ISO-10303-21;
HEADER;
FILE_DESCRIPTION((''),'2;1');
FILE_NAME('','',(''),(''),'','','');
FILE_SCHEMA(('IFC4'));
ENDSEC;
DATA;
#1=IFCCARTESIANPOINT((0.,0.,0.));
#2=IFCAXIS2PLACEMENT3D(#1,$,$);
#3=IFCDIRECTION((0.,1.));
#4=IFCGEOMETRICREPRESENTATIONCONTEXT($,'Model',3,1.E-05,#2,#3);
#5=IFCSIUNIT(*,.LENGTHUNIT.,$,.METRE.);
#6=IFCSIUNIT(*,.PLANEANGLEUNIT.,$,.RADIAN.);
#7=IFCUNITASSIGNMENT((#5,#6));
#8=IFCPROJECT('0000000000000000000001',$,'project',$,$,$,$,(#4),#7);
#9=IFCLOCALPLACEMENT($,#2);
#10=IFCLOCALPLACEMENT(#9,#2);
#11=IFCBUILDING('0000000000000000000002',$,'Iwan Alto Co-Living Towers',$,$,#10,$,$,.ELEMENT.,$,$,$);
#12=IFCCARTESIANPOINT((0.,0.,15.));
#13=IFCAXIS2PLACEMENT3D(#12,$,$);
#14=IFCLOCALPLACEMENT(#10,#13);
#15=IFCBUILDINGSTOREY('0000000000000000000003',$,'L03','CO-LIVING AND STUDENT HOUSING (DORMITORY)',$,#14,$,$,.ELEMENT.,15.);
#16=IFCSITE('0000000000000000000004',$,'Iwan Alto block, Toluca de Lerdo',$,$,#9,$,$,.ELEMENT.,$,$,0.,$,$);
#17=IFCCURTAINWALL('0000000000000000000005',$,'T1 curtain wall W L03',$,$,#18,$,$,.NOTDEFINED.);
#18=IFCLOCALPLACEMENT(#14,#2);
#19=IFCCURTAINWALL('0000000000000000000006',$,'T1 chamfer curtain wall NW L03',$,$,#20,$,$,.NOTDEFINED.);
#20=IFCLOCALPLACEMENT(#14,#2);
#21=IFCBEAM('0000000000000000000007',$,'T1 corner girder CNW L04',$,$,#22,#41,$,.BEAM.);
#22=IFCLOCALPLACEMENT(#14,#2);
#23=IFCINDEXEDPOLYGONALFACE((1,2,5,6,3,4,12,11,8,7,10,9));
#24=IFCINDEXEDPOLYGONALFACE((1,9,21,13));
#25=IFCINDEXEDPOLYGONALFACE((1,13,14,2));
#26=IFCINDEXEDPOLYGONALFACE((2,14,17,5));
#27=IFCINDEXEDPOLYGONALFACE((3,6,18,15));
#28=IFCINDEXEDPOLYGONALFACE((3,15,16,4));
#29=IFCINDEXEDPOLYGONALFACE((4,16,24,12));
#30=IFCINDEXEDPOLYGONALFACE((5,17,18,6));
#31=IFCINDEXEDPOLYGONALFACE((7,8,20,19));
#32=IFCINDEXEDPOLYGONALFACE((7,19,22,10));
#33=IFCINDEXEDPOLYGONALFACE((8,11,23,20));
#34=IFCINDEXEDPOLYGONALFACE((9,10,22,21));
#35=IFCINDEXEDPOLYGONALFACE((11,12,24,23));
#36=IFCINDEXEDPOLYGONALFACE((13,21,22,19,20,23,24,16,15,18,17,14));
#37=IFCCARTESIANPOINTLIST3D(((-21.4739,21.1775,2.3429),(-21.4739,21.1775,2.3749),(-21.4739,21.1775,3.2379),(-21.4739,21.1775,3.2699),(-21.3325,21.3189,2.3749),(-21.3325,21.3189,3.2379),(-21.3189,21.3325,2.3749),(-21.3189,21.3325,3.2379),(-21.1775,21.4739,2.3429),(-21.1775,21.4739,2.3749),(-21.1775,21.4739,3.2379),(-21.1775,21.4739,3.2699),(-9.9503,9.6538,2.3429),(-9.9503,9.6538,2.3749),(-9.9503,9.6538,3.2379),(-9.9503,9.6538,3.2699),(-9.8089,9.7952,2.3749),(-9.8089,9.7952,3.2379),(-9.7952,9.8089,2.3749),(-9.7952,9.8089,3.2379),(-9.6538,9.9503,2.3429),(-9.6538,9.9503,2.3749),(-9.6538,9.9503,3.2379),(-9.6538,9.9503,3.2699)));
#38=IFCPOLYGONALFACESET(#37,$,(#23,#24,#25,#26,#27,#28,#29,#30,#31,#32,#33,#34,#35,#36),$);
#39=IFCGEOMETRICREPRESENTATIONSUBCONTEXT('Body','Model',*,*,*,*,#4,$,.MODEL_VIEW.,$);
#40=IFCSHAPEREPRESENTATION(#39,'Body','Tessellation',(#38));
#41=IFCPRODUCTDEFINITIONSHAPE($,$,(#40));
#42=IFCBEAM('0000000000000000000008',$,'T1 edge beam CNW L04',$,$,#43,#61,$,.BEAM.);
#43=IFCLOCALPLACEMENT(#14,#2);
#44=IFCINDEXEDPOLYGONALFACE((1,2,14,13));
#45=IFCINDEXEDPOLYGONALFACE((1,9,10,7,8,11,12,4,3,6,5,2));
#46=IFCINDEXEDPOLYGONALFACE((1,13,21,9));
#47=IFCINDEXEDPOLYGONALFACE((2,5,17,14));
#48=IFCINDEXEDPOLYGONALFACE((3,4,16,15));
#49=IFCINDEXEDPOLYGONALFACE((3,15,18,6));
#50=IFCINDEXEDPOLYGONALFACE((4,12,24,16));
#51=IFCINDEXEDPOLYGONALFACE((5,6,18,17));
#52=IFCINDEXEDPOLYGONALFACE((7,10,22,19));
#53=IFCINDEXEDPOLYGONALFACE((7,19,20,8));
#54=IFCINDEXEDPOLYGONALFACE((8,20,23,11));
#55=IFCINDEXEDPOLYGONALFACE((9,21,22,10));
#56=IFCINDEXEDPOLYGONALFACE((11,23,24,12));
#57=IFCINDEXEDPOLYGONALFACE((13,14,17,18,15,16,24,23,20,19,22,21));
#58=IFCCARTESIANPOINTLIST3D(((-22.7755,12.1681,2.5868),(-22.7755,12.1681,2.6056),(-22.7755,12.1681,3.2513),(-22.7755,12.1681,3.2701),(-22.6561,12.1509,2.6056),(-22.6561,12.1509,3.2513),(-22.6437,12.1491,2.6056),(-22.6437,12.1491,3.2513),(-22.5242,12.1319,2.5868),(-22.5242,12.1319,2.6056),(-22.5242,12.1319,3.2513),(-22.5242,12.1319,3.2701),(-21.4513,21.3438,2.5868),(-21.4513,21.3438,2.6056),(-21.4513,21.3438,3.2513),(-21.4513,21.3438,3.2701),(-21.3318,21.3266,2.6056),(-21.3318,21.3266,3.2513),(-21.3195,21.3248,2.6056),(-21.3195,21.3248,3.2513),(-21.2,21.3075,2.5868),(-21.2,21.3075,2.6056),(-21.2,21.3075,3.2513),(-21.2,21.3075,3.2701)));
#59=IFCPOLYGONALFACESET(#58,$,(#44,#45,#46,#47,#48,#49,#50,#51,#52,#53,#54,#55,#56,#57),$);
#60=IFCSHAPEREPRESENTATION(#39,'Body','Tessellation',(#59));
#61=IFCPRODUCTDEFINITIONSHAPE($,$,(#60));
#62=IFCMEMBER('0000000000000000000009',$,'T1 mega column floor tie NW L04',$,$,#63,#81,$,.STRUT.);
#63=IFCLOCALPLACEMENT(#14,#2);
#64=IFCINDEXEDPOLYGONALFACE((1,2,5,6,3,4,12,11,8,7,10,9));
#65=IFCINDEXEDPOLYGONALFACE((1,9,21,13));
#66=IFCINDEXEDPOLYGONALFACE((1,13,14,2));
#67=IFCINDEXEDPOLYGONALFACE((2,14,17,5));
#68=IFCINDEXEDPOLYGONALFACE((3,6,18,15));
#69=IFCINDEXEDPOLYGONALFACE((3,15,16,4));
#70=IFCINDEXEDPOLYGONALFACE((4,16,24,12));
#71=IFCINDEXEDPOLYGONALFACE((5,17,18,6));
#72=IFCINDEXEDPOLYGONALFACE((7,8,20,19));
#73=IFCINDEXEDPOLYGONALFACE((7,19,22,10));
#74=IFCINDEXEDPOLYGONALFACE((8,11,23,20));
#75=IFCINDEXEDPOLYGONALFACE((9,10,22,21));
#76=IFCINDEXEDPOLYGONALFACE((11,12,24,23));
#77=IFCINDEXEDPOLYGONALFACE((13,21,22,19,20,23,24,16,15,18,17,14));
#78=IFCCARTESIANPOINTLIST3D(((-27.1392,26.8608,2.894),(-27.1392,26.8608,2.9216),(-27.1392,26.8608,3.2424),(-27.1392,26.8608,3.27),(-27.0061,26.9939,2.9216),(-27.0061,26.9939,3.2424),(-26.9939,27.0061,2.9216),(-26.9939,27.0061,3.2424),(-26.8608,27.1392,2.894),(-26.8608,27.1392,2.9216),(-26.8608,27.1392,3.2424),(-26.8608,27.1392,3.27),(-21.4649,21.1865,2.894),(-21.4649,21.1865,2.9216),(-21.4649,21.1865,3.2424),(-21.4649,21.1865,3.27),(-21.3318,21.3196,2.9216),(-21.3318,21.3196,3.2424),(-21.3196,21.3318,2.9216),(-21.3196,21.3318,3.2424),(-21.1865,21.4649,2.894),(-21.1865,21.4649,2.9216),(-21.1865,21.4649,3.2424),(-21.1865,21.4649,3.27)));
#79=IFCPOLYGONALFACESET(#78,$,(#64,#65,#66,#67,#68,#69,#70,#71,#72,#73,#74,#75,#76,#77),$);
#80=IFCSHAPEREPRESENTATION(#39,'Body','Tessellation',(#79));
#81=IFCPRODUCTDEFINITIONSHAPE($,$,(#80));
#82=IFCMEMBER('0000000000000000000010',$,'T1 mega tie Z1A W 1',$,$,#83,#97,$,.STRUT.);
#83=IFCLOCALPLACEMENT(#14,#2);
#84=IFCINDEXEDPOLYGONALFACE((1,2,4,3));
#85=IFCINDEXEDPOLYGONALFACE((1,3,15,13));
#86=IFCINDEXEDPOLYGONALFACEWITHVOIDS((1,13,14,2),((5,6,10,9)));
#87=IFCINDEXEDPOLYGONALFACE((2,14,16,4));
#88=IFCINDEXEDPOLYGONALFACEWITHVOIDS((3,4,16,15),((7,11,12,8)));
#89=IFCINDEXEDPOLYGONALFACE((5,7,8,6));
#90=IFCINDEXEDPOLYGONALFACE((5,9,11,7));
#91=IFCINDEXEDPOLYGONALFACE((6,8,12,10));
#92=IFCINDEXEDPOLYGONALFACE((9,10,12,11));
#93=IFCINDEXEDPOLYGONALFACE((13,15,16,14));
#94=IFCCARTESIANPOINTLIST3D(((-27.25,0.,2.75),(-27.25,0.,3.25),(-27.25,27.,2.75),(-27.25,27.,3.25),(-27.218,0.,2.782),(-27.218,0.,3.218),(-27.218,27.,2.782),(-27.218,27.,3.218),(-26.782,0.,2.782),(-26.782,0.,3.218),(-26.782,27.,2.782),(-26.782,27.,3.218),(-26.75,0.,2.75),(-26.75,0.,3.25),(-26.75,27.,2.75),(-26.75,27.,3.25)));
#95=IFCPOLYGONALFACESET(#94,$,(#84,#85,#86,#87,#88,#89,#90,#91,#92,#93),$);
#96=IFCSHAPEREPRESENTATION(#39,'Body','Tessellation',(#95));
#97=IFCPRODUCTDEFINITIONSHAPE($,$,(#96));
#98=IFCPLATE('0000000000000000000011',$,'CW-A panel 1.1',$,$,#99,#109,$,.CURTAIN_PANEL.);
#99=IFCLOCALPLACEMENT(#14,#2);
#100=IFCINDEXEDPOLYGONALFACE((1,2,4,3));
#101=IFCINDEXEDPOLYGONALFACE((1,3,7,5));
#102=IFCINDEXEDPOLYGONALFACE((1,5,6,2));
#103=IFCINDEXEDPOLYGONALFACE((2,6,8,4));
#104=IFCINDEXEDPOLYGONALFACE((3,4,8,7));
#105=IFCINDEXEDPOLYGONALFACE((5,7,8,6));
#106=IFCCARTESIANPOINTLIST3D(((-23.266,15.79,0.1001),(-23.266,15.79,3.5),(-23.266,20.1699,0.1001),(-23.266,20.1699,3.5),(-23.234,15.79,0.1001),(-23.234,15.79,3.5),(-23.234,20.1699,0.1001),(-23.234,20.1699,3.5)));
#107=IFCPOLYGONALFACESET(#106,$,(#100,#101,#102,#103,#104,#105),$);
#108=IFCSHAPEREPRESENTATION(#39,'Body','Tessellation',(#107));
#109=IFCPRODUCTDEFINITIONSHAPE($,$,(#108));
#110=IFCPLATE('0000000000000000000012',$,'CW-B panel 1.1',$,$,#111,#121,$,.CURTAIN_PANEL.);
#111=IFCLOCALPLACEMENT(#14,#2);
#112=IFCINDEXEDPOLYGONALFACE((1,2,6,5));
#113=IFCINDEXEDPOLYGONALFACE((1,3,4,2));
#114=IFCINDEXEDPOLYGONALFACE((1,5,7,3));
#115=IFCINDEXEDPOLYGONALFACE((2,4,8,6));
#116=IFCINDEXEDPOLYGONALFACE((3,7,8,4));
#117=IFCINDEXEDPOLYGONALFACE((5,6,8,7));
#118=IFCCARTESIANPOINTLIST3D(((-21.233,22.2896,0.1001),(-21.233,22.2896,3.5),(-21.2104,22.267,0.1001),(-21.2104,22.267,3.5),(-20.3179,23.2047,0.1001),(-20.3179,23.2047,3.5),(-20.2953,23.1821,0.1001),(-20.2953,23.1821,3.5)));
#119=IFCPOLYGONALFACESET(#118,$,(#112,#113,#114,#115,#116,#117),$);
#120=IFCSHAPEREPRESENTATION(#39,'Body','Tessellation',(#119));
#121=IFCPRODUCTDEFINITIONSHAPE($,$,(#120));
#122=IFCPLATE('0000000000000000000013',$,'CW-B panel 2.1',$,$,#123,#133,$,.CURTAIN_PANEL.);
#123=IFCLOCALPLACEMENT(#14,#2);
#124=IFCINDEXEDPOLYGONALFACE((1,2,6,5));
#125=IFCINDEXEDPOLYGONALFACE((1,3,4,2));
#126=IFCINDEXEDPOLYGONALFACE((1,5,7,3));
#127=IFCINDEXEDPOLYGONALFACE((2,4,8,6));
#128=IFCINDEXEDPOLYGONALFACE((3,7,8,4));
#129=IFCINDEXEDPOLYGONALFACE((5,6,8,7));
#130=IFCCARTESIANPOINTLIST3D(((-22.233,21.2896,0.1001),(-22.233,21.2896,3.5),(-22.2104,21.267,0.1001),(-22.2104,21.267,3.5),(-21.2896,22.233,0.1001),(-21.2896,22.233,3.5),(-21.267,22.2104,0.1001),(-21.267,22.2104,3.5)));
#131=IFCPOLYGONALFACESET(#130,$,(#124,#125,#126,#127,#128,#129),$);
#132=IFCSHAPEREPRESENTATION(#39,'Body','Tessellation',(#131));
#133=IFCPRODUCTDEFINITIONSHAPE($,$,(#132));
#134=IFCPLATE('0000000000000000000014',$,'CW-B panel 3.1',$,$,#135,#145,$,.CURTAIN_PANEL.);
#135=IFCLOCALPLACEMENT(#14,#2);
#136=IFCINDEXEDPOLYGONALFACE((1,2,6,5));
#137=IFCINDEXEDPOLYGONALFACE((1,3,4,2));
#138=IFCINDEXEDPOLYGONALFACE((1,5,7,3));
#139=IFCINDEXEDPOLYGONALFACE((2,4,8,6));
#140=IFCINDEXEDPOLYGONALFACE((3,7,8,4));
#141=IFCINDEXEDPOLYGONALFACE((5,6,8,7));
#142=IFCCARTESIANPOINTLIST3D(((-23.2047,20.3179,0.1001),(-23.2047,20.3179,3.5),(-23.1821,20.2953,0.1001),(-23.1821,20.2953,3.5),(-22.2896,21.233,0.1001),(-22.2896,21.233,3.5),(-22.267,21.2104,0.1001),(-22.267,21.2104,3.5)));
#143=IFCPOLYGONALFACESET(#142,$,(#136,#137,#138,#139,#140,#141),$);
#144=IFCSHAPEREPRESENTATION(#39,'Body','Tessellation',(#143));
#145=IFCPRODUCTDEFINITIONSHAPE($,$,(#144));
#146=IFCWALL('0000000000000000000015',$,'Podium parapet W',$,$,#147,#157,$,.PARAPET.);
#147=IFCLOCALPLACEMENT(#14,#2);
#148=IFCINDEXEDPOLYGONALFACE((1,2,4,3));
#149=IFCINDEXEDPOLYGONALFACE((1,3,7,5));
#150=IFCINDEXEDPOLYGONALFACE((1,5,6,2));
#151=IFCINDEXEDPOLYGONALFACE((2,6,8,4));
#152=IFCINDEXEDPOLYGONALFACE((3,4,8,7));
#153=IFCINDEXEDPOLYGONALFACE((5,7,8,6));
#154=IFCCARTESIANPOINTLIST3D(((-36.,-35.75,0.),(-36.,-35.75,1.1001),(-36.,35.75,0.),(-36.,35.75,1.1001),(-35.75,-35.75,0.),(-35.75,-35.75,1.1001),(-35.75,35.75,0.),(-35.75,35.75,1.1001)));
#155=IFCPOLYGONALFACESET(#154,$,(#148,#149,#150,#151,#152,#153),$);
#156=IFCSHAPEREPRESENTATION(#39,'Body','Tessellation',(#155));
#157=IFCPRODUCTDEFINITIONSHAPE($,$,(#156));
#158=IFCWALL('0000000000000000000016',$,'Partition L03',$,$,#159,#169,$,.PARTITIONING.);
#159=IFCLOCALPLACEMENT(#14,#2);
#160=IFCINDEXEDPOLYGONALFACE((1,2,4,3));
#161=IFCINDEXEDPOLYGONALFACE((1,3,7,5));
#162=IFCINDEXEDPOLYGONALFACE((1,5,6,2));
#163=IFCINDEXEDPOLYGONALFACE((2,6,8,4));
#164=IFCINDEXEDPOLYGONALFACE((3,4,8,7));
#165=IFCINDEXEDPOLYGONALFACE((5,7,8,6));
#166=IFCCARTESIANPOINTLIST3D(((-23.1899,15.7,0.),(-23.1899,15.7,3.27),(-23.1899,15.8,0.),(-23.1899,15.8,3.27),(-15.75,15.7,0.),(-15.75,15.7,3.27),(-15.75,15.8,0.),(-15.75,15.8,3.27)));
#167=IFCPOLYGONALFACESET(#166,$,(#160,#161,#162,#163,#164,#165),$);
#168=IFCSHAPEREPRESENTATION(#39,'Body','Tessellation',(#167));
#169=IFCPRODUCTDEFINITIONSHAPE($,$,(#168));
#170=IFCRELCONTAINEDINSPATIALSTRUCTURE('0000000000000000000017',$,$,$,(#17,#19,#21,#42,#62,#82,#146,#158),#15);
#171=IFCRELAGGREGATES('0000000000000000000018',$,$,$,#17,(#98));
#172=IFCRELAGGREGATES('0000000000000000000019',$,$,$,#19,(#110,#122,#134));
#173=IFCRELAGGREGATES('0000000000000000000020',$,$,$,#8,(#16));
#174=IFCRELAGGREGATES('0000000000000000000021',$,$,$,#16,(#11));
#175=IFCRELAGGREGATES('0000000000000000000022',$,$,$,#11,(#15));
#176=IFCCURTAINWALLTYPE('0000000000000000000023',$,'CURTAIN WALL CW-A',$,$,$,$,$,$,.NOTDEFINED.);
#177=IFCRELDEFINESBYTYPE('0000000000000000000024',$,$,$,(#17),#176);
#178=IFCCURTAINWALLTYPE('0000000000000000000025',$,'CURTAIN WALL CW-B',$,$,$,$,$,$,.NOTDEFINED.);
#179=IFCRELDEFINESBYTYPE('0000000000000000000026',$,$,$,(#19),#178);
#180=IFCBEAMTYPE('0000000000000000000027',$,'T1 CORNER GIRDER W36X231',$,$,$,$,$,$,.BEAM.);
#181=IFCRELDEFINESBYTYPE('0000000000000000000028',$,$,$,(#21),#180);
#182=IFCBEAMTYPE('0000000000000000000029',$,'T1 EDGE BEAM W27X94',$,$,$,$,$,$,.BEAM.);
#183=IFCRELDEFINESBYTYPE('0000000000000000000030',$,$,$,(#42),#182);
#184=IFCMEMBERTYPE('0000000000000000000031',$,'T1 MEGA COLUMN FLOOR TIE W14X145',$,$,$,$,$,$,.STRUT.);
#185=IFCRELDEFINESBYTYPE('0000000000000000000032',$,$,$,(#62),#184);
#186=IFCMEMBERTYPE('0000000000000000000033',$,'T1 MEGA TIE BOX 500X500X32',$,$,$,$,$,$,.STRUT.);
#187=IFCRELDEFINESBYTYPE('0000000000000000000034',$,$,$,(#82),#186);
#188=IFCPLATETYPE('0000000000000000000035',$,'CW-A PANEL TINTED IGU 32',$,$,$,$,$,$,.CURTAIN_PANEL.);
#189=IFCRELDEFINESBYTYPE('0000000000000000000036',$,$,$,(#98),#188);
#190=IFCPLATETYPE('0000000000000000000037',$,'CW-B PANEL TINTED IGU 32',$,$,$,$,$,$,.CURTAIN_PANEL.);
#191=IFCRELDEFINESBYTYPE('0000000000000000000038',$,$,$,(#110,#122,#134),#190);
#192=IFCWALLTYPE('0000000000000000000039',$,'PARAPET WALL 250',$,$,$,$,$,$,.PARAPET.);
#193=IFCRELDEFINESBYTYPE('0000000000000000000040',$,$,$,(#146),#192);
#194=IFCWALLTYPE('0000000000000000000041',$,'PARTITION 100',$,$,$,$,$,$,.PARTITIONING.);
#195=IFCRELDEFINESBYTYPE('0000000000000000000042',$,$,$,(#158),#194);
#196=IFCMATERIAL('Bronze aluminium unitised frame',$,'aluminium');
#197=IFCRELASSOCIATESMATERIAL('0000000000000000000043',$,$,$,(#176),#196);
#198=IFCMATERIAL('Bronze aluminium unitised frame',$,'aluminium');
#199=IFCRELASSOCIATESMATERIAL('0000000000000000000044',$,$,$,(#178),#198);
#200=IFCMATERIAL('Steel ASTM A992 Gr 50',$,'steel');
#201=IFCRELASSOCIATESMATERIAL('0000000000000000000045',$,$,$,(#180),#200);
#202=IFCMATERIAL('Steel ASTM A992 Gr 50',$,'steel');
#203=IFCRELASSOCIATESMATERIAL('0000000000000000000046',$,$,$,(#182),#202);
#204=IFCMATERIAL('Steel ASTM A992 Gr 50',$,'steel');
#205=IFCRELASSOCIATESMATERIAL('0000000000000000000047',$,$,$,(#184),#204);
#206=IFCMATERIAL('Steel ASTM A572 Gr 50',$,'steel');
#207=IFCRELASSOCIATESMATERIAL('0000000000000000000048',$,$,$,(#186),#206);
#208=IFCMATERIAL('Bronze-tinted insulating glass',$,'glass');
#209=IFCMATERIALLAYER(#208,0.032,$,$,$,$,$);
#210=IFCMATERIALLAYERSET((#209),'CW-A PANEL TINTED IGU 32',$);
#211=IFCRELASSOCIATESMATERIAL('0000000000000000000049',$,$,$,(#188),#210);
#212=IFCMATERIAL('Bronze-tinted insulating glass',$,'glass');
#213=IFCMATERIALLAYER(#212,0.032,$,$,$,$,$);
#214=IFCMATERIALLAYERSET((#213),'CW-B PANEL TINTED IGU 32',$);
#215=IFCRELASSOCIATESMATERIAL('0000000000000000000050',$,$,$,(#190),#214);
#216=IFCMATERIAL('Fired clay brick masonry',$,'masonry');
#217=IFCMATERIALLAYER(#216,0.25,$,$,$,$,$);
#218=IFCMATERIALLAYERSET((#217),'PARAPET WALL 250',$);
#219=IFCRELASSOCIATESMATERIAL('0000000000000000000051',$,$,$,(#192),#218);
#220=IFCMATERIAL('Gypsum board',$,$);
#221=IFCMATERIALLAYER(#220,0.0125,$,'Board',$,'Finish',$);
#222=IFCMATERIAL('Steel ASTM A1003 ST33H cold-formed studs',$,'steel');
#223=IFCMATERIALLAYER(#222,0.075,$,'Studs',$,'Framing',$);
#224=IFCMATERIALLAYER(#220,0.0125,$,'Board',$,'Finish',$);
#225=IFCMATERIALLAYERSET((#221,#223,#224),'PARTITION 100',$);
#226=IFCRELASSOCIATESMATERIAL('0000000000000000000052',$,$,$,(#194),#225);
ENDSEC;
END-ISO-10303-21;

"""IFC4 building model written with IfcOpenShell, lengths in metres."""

from ifc_helpers import new_model, si_unit, direction, frame, frame_2d, origin, origin_2d, place, context, subcontext, project, spatial, rectangle, hollow_rectangle, i_section, extrude, material, layer, layer_set, material_profile, profile_set, type_object, element, aggregate, save


model = new_model("IFC4")

# Units and contexts
model_context = context("Model", 3, precision=1e-05, world=origin(), true_north=direction((0.0, 1.0)))
body_context = subcontext(model_context, "Body", "Model", "MODEL_VIEW")
ifc_project = project(units=[si_unit("LENGTHUNIT", "METRE"), si_unit("PLANEANGLEUNIT", "RADIAN")], contexts=[model_context])

# Site, building, storey
site_placement = place(None, origin())
site = spatial("IfcSite", under=ifc_project, at=site_placement, Name="Iwan Alto block, Toluca de Lerdo", CompositionType="ELEMENT", RefElevation=0.0)
building_placement = place(site_placement, origin())
building = spatial("IfcBuilding", under=site, at=building_placement, Name="Iwan Alto Co-Living Towers", CompositionType="ELEMENT")
storey_placement = place(building_placement, frame((0.0, 0.0, 15.0)))
storey = spatial("IfcBuildingStorey", under=building, at=storey_placement, Name="L03", Description="CO-LIVING AND STUDENT HOUSING (DORMITORY)", CompositionType="ELEMENT", Elevation=15.0)

# Curtain walls
ifc_material_1 = material(Name="Bronze aluminium unitised frame", Category="aluminium")
curtain_wall_type_1 = type_object("IfcCurtainWallType", Name="CURTAIN WALL CW-A", PredefinedType="NOTDEFINED", material=ifc_material_1)
curtain_wall_1_placement = place(storey_placement, origin())
curtain_wall_1 = element("IfcCurtainWall", 1, at=curtain_wall_1_placement, inside=storey, type_object=curtain_wall_type_1, Name="T1 curtain wall W L03", PredefinedType="NOTDEFINED")
ifc_material_2 = material(Name="Bronze aluminium unitised frame", Category="aluminium")
curtain_wall_type_2 = type_object("IfcCurtainWallType", Name="CURTAIN WALL CW-B", PredefinedType="NOTDEFINED", material=ifc_material_2)
curtain_wall_2_placement = place(storey_placement, origin())
curtain_wall_2 = element("IfcCurtainWall", 2, at=curtain_wall_2_placement, inside=storey, type_object=curtain_wall_type_2, Name="T1 chamfer curtain wall NW L03", PredefinedType="NOTDEFINED")

# Beams
ifc_material_3 = material(Name="Steel ASTM A992 Gr 50", Category="steel")
ifc_material_profile_1 = material_profile(ifc_material_3, i_section(OverallWidth=0.4192, OverallDepth=0.927, WebThickness=0.0193, FlangeThickness=0.032, at=origin_2d()), Name="W36X231")
ifc_profile_set_1 = profile_set([ifc_material_profile_1], Name="Steel ASTM A992 Gr 50")
beam_type_1 = type_object("IfcBeamType", Name="T1 CORNER GIRDER W36X231", PredefinedType="BEAM", material=ifc_profile_set_1)
beam_1_placement = place(storey_placement, frame((-21.3257, 21.3257, 2.8064), z_axis=(0.707107, -0.707107, 0.0), x_axis=(0.707107, 0.707107, 0.0)))
element("IfcBeam", 3, at=beam_1_placement, inside=storey, type_object=beam_type_1, Name="T1 corner girder CNW L04", PredefinedType="BEAM", context=body_context, shape_type="SweptSolid", body=[
    extrude(i_section(OverallWidth=0.4192, OverallDepth=0.927, WebThickness=0.0193, FlangeThickness=0.032, at=origin_2d()), origin(), (0.0, 0.0, 1.0), 16.2969),
])
ifc_material_4 = material(Name="Steel ASTM A992 Gr 50", Category="steel")
ifc_material_profile_2 = material_profile(ifc_material_4, i_section(OverallWidth=0.2539, OverallDepth=0.6833, WebThickness=0.0125, FlangeThickness=0.0188, at=origin_2d()), Name="W27X94")
ifc_profile_set_2 = profile_set([ifc_material_profile_2], Name="Steel ASTM A992 Gr 50")
beam_type_2 = type_object("IfcBeamType", Name="T1 EDGE BEAM W27X94", PredefinedType="BEAM", material=ifc_profile_set_2)
beam_2_placement = place(storey_placement, frame((-21.3257, 21.3257, 2.9285), z_axis=(-0.142837, -0.989746, 0.0), x_axis=(0.989746, -0.142837, 0.0)))
element("IfcBeam", 4, at=beam_2_placement, inside=storey, type_object=beam_type_2, Name="T1 edge beam CNW L04", PredefinedType="BEAM", context=body_context, shape_type="SweptSolid", body=[
    extrude(i_section(OverallWidth=0.2539, OverallDepth=0.6833, WebThickness=0.0125, FlangeThickness=0.0188, at=origin_2d()), origin(), (0.0, 0.0, 1.0), 9.2708),
])

# Members
ifc_material_5 = material(Name="Steel ASTM A992 Gr 50", Category="steel")
ifc_material_profile_3 = material_profile(ifc_material_5, i_section(OverallWidth=0.3938, OverallDepth=0.376, WebThickness=0.0173, FlangeThickness=0.0276, at=origin_2d()), Name="W14X145")
ifc_profile_set_3 = profile_set([ifc_material_profile_3], Name="Steel ASTM A992 Gr 50")
member_type_1 = type_object("IfcMemberType", Name="T1 MEGA COLUMN FLOOR TIE W14X145", PredefinedType="STRUT", material=ifc_profile_set_3)
member_1_placement = place(storey_placement, frame((-27.0, 27.0, 3.082), z_axis=(0.707107, -0.707107, 0.0), x_axis=(0.707107, 0.707107, 0.0)))
element("IfcMember", 5, at=member_1_placement, inside=storey, type_object=member_type_1, Name="T1 mega column floor tie NW L04", PredefinedType="STRUT", context=body_context, shape_type="SweptSolid", body=[
    extrude(i_section(OverallWidth=0.3938, OverallDepth=0.376, WebThickness=0.0173, FlangeThickness=0.0276, at=origin_2d()), origin(), (0.0, 0.0, 1.0), 8.0247),
])
ifc_material_6 = material(Name="Steel ASTM A572 Gr 50", Category="steel")
ifc_material_profile_4 = material_profile(ifc_material_6, hollow_rectangle(XDim=0.5, YDim=0.5, WallThickness=0.032, at=origin_2d()), Name="BOX 500X500X32")
ifc_profile_set_4 = profile_set([ifc_material_profile_4], Name="Steel ASTM A572 Gr 50")
member_type_2 = type_object("IfcMemberType", Name="T1 MEGA TIE BOX 500X500X32", PredefinedType="STRUT", material=ifc_profile_set_4)
member_2_placement = place(storey_placement, frame((-27.0, 27.0, 3.0), z_axis=(0.0, -1.0, 0.0), x_axis=(1.0, 0.0, 0.0)))
element("IfcMember", 6, at=member_2_placement, inside=storey, type_object=member_type_2, Name="T1 mega tie Z1A W 1", PredefinedType="STRUT", context=body_context, shape_type="SweptSolid", body=[
    extrude(hollow_rectangle(XDim=0.5, YDim=0.5, WallThickness=0.032, at=origin_2d()), origin(), (0.0, 0.0, 1.0), 27.0),
])

# Plates
ifc_material_7 = material(Name="Bronze-tinted insulating glass", Category="glass")
ifc_layer_1 = layer(ifc_material_7, 0.032)
ifc_layer_set_1 = layer_set([ifc_layer_1], Name="CW-A PANEL TINTED IGU 32")
plate_type_1 = type_object("IfcPlateType", Name="CW-A PANEL TINTED IGU 32", PredefinedType="CURTAIN_PANEL", material=ifc_layer_set_1)
plate_1_placement = place(storey_placement, frame((-23.25, 17.98, 0.1001), z_axis=(0.0, 0.0, 1.0), x_axis=(0.0, -1.0, 0.0)))
plate_1 = element("IfcPlate", 7, at=plate_1_placement, type_object=plate_type_1, Name="CW-A panel 1.1", PredefinedType="CURTAIN_PANEL", context=body_context, shape_type="SweptSolid", body=[
    extrude(rectangle(XDim=4.3799, YDim=0.032, at=origin_2d()), origin(), (0.0, 0.0, 1.0), 3.3999),
])
aggregate(curtain_wall_1, [plate_1])
ifc_material_8 = material(Name="Bronze-tinted insulating glass", Category="glass")
ifc_layer_2 = layer(ifc_material_8, 0.032)
ifc_layer_set_2 = layer_set([ifc_layer_2], Name="CW-B PANEL TINTED IGU 32")
plate_type_2 = type_object("IfcPlateType", Name="CW-B PANEL TINTED IGU 32", PredefinedType="CURTAIN_PANEL", material=ifc_layer_set_2)
plate_2_placement = place(storey_placement, frame((-20.7642, 22.7358, 0.1001), z_axis=(0.0, 0.0, 1.0), x_axis=(-0.707107, -0.707107, 0.0)))
plate_2 = element("IfcPlate", 8, at=plate_2_placement, type_object=plate_type_2, Name="CW-B panel 1.1", PredefinedType="CURTAIN_PANEL", context=body_context, shape_type="SweptSolid", body=[
    extrude(rectangle(XDim=1.2942, YDim=0.032, at=origin_2d()), origin(), (0.0, 0.0, 1.0), 3.3999),
])
plate_3_placement = place(storey_placement, frame((-21.75, 21.75, 0.1001), z_axis=(0.0, 0.0, 1.0), x_axis=(-0.707107, -0.707107, 0.0)))
plate_3 = element("IfcPlate", 9, at=plate_3_placement, type_object=plate_type_2, Name="CW-B panel 2.1", PredefinedType="CURTAIN_PANEL", context=body_context, shape_type="SweptSolid", body=[
    extrude(rectangle(XDim=1.3342, YDim=0.032, at=origin_2d()), origin(), (0.0, 0.0, 1.0), 3.3999),
])
plate_4_placement = place(storey_placement, frame((-22.7358, 20.7642, 0.1001), z_axis=(0.0, 0.0, 1.0), x_axis=(-0.707107, -0.707107, 0.0)))
plate_4 = element("IfcPlate", 10, at=plate_4_placement, type_object=plate_type_2, Name="CW-B panel 3.1", PredefinedType="CURTAIN_PANEL", context=body_context, shape_type="SweptSolid", body=[
    extrude(rectangle(XDim=1.2942, YDim=0.032, at=origin_2d()), origin(), (0.0, 0.0, 1.0), 3.3999),
])
aggregate(curtain_wall_2, [plate_2, plate_3, plate_4])

# Walls
ifc_material_9 = material(Name="Fired clay brick masonry", Category="masonry")
ifc_layer_3 = layer(ifc_material_9, 0.25)
ifc_layer_set_3 = layer_set([ifc_layer_3], Name="PARAPET WALL 250")
wall_type_1 = type_object("IfcWallType", Name="PARAPET WALL 250", PredefinedType="PARAPET", material=ifc_layer_set_3)
wall_1_placement = place(storey_placement, frame((-35.875, 35.75, 0.0), z_axis=(0.0, 0.0, 1.0), x_axis=(0.0, -1.0, 0.0)))
element("IfcWall", 11, at=wall_1_placement, inside=storey, type_object=wall_type_1, Name="Podium parapet W", PredefinedType="PARAPET", context=body_context, shape_type="SweptSolid", body=[
    extrude(rectangle(XDim=71.5, YDim=0.25, at=frame_2d((35.75, 0.0))), origin(), (0.0, 0.0, 1.0), 1.1001),
])
ifc_material_10 = material(Name="Gypsum board")
ifc_layer_4 = layer(ifc_material_10, 0.0125, Name="Board", Category="Finish")
ifc_material_11 = material(Name="Steel ASTM A1003 ST33H cold-formed studs", Category="steel")
ifc_layer_5 = layer(ifc_material_11, 0.075, Name="Studs", Category="Framing")
ifc_layer_6 = layer(ifc_material_10, 0.0125, Name="Board", Category="Finish")
ifc_layer_set_4 = layer_set([ifc_layer_4, ifc_layer_5, ifc_layer_6], Name="PARTITION 100")
wall_type_2 = type_object("IfcWallType", Name="PARTITION 100", PredefinedType="PARTITIONING", material=ifc_layer_set_4)
wall_2_placement = place(storey_placement, frame((-23.1899, 15.75, 0.0), z_axis=(0.0, 0.0, 1.0), x_axis=(1.0, 0.0, 0.0)))
element("IfcWall", 12, at=wall_2_placement, inside=storey, type_object=wall_type_2, Name="Partition L03", PredefinedType="PARTITIONING", context=body_context, shape_type="SweptSolid", body=[
    extrude(rectangle(XDim=7.4399, YDim=0.1001, at=frame_2d((3.72, 0.0))), origin(), (0.0, 0.0, 1.0), 3.27),
])

save(model, "model.ifc")
